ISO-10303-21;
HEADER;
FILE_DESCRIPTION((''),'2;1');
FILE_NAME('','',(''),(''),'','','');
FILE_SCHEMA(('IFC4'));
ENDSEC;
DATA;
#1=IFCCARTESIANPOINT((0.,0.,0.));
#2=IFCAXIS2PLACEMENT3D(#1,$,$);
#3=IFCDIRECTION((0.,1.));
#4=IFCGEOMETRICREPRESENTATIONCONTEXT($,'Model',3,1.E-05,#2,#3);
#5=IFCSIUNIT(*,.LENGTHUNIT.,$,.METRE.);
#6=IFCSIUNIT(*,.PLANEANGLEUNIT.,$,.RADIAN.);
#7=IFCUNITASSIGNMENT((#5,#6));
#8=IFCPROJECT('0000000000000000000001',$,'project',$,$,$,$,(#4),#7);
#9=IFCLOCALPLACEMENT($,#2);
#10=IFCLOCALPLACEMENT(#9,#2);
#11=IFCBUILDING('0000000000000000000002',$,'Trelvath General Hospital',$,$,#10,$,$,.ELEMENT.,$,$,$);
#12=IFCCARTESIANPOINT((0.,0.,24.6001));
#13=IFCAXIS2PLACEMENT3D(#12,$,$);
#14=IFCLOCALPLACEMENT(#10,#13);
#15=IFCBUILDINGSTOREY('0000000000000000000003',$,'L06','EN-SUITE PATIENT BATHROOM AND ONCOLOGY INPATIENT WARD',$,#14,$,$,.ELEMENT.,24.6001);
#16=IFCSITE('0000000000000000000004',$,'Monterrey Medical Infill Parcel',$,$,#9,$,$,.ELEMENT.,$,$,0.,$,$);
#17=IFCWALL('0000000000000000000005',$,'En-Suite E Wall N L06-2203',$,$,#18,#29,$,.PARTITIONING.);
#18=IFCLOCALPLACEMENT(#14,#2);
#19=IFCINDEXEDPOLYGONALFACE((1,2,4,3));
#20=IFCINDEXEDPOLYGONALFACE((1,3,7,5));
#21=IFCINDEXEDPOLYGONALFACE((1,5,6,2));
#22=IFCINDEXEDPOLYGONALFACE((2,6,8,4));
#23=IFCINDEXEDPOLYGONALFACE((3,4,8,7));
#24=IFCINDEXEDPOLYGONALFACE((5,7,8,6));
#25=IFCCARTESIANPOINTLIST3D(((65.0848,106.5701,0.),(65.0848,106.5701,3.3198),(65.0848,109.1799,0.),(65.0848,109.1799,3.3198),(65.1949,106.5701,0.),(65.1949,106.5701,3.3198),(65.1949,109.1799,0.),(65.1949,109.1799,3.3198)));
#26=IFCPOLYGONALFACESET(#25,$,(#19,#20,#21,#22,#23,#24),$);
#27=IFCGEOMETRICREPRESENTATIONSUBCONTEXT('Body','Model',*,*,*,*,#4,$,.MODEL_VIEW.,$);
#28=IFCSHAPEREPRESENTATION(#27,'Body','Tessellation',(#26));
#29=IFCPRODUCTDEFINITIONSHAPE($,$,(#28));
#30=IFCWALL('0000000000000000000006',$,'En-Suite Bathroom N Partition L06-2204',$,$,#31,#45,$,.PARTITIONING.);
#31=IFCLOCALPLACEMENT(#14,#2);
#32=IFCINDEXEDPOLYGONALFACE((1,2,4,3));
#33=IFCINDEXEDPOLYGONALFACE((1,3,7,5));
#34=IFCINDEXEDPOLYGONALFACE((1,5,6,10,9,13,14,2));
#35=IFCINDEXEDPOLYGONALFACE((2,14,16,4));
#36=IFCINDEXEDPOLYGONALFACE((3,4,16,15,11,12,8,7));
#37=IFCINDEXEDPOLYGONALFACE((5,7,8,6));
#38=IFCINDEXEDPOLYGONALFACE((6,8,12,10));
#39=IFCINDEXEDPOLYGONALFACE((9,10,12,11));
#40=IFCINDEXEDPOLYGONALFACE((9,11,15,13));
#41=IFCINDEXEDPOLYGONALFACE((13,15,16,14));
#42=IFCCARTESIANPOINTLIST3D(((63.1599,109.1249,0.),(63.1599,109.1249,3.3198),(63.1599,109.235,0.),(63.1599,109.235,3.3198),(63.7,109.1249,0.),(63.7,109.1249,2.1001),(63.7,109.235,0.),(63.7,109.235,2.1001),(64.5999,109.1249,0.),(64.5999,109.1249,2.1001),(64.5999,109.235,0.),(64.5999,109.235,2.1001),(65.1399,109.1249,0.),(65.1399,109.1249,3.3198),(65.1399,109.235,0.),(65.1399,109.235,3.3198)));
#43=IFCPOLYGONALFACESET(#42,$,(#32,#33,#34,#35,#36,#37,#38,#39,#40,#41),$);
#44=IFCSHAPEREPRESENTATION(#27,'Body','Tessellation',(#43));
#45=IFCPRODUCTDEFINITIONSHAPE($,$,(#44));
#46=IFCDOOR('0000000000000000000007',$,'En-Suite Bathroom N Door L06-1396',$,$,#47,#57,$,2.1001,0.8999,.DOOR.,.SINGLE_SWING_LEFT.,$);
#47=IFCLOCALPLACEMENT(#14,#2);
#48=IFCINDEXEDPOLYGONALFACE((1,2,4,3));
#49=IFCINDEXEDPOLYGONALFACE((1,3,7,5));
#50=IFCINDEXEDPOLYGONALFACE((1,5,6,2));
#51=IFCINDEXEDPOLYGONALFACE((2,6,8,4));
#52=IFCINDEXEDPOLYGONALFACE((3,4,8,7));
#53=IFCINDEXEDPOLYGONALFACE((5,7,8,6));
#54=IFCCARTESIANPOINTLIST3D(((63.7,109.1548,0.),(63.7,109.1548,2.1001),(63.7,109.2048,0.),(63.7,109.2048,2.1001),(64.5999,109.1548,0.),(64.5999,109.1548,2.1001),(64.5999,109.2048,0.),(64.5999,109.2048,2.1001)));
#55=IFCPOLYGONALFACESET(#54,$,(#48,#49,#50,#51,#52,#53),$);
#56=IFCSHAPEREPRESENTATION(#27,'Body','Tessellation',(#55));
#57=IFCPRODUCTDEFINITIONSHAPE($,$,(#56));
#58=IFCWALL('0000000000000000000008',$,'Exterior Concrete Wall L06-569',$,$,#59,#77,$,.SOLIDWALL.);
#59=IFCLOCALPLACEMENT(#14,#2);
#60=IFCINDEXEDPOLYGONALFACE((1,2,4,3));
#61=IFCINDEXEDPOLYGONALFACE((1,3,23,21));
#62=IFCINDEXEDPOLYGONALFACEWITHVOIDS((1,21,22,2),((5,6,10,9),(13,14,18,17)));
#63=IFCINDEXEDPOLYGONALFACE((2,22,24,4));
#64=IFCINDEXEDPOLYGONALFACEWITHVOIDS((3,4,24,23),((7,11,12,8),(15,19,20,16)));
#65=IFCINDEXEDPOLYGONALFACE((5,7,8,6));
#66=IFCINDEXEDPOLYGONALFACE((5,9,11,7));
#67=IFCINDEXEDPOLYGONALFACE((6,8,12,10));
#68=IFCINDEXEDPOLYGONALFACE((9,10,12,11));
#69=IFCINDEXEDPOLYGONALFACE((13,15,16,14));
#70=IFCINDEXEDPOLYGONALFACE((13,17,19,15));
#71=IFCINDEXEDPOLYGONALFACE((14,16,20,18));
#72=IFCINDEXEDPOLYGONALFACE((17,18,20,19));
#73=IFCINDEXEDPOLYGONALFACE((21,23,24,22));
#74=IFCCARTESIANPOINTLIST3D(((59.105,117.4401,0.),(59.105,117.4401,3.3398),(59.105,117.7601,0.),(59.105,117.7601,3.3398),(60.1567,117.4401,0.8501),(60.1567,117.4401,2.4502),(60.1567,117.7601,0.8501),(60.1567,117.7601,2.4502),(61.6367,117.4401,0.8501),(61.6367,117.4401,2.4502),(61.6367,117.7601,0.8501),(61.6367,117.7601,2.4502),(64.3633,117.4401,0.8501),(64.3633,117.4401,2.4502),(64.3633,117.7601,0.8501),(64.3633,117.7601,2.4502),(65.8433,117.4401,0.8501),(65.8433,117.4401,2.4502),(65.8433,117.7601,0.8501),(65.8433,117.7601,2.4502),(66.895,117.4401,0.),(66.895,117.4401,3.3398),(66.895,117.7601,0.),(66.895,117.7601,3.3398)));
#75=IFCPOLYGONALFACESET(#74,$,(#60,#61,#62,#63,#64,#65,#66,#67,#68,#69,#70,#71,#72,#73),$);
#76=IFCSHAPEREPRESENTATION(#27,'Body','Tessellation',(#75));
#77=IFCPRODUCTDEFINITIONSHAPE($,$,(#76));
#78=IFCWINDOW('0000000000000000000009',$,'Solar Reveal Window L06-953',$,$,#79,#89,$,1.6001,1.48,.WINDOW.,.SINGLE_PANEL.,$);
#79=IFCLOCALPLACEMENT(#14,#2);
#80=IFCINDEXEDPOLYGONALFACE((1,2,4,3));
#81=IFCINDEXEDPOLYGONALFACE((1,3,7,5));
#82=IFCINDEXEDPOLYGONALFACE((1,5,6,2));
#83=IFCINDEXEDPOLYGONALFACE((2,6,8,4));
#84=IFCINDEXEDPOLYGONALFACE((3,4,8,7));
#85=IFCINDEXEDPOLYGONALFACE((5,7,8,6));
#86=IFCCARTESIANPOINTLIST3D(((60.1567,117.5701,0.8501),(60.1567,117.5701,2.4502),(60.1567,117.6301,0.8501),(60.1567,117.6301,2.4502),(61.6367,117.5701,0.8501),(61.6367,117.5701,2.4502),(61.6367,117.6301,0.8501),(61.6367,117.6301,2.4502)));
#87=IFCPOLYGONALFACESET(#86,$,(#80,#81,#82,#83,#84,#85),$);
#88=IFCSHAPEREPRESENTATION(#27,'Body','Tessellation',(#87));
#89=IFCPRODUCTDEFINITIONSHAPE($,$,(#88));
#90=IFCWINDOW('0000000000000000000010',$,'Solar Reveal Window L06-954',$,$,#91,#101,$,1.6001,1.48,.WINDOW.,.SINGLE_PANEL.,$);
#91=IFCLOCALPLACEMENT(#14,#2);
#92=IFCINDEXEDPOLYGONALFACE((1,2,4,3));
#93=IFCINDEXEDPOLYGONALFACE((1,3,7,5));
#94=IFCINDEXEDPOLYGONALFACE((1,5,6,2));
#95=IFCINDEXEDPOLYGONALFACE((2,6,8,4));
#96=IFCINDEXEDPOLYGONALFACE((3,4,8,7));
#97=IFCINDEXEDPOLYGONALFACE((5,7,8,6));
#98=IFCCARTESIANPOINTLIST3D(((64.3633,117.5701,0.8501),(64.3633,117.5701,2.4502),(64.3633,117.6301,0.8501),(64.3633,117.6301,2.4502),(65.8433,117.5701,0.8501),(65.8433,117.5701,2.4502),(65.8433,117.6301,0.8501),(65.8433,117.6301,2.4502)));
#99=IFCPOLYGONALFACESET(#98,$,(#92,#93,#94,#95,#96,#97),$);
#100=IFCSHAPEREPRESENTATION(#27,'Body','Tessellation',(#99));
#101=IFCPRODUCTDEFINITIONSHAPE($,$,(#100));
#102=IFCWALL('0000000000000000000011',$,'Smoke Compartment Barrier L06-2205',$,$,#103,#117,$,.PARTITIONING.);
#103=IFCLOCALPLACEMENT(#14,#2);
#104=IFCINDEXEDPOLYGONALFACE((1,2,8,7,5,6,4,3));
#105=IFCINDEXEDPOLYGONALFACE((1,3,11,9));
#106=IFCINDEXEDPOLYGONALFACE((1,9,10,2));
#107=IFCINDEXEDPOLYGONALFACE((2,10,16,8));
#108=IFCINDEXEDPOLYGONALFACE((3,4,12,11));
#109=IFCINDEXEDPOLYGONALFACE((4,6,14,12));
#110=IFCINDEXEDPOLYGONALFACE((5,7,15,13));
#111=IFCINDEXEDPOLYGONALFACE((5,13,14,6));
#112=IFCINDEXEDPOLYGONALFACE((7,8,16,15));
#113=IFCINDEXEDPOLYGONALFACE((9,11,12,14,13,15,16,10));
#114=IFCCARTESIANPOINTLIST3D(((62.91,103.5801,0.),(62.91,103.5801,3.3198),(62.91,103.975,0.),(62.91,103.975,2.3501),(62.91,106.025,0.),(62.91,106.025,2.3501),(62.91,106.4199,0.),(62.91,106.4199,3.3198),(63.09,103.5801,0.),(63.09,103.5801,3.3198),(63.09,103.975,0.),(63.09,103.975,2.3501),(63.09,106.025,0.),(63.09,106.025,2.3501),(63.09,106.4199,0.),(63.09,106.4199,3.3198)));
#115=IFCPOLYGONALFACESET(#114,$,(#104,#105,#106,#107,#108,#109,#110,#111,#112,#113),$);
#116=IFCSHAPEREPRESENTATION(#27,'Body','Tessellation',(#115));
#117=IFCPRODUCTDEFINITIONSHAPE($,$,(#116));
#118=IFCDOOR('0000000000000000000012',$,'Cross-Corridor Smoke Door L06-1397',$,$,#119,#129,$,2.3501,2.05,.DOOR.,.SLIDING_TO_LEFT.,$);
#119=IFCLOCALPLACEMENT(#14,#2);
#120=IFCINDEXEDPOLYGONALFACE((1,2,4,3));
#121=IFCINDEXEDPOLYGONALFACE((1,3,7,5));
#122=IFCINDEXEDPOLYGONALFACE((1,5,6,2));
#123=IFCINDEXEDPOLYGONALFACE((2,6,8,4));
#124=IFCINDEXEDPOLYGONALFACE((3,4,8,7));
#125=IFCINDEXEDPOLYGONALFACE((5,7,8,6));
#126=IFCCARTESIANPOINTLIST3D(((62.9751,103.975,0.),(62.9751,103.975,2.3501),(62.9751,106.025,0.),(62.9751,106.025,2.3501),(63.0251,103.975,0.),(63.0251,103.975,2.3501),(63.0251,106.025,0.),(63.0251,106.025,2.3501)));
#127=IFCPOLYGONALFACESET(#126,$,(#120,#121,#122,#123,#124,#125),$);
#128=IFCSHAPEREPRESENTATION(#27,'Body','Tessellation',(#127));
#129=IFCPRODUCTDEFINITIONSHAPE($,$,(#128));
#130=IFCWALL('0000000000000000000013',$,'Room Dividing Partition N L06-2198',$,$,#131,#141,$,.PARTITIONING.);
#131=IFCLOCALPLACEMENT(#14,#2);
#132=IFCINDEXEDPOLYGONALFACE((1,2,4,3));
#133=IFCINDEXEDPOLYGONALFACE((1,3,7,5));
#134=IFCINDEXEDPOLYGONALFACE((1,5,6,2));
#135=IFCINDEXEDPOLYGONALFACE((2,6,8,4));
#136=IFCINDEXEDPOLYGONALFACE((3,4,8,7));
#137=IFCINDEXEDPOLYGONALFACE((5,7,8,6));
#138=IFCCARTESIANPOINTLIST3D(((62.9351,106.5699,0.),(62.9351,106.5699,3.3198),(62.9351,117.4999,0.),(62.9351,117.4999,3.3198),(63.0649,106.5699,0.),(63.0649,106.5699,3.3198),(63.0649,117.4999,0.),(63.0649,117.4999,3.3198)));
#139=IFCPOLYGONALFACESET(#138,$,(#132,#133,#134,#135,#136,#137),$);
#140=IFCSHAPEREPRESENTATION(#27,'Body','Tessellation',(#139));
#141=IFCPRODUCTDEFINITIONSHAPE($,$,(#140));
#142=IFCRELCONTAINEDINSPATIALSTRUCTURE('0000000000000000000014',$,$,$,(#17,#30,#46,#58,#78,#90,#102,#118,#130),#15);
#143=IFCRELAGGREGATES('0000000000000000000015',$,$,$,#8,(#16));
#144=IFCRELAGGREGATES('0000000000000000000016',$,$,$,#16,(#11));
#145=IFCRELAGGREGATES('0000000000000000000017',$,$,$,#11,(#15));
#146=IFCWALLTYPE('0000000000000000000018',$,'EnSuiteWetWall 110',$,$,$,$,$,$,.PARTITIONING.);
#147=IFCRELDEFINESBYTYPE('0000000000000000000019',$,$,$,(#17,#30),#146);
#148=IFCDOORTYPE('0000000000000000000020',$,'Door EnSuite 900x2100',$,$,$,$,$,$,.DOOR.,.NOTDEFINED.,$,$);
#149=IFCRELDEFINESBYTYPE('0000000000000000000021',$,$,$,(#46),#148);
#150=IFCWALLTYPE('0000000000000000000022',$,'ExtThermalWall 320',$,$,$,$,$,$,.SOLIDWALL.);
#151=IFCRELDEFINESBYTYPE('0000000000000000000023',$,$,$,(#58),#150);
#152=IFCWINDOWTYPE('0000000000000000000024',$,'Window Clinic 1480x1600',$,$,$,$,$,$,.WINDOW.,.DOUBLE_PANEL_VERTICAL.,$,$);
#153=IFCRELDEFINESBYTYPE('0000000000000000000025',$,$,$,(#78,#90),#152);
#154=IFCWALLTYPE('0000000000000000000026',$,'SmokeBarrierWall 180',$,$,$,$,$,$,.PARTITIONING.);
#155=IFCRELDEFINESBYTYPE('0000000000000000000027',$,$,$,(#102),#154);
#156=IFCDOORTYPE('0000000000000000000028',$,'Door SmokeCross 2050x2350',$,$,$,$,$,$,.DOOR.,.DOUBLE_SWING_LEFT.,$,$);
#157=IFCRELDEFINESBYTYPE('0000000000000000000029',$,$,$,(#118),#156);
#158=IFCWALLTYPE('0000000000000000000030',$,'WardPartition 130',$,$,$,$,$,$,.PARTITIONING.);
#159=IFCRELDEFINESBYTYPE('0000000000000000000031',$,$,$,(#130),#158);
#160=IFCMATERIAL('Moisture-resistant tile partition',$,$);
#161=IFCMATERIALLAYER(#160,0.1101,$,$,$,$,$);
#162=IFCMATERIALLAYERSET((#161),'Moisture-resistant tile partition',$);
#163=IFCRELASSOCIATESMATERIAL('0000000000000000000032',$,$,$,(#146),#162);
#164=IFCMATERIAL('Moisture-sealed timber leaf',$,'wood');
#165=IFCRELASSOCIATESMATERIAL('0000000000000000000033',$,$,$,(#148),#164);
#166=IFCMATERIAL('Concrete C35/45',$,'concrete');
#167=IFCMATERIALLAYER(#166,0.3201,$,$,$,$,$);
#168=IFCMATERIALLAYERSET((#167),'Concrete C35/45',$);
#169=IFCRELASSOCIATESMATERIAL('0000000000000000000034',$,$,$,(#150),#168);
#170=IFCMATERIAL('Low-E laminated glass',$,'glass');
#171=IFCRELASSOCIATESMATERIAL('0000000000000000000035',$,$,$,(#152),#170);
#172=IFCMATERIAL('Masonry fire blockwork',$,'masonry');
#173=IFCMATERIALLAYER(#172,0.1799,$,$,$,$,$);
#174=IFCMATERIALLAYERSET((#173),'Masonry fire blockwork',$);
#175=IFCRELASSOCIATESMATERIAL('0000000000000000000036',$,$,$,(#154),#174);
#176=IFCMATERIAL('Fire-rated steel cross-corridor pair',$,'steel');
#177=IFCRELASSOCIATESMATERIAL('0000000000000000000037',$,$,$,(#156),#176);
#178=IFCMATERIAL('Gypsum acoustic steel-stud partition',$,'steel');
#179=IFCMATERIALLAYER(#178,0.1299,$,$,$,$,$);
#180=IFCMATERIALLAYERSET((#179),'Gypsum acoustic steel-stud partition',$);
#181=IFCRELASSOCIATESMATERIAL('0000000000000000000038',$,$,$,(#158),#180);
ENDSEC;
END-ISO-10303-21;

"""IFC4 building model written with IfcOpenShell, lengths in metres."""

from ifc_helpers import new_model, si_unit, direction, frame, frame_2d, origin, place, context, subcontext, project, spatial, rectangle, extrude, material, layer, layer_set, type_object, element, fill, save


model = new_model("IFC4")

# Units and contexts
model_context = context("Model", 3, precision=1e-05, world=origin(), true_north=direction((0.0, 1.0)))
body_context = subcontext(model_context, "Body", "Model", "MODEL_VIEW")
ifc_project = project(units=[si_unit("LENGTHUNIT", "METRE"), si_unit("PLANEANGLEUNIT", "RADIAN")], contexts=[model_context])

# Site, building, storey
site_placement = place(None, origin())
site = spatial("IfcSite", under=ifc_project, at=site_placement, Name="Monterrey Medical Infill Parcel", CompositionType="ELEMENT", RefElevation=0.0)
building_placement = place(site_placement, origin())
building = spatial("IfcBuilding", under=site, at=building_placement, Name="Trelvath General Hospital", CompositionType="ELEMENT")
storey_placement = place(building_placement, frame((0.0, 0.0, 24.6001)))
storey = spatial("IfcBuildingStorey", under=building, at=storey_placement, Name="L06", Description="EN-SUITE PATIENT BATHROOM AND ONCOLOGY INPATIENT WARD", CompositionType="ELEMENT", Elevation=24.6001)

# Shared definitions
ifc_material_1 = material(Name="Moisture-resistant tile partition")
ifc_layer_1 = layer(ifc_material_1, 0.1101)
ifc_layer_set_1 = layer_set([ifc_layer_1], Name="Moisture-resistant tile partition")
wall_type_1 = type_object("IfcWallType", Name="EnSuiteWetWall 110", PredefinedType="PARTITIONING", material=ifc_layer_set_1)

# Shared definitions
ifc_material_2 = material(Name="Moisture-sealed timber leaf", Category="wood")
door_type_1 = type_object("IfcDoorType", Name="Door EnSuite 900x2100", OperationType="NOTDEFINED", PredefinedType="DOOR", material=ifc_material_2)

# Wall
for number, where, z_axis, x_axis, name in (
    (1, (65.1399, 106.5701, 0.0), (0.0, 0.0, 1.0), (0.0, 1.0, 0.0), "En-Suite E Wall N L06-2203"),
):
    element("IfcWall", number, at=place(storey_placement, frame(where, z_axis=z_axis, x_axis=x_axis)), inside=storey, type_object=wall_type_1, Name=name, PredefinedType="PARTITIONING", context=body_context, shape_type="SweptSolid", body=[
        extrude(rectangle(XDim=2.6099, YDim=0.1101, at=frame_2d((1.3049, 0.0))), origin(), (0.0, 0.0, 1.0), 3.3198),
    ])

# Wall, opening, door
wall_1_placement = place(storey_placement, frame((63.1599, 109.1799, 0.0), z_axis=(0.0, 0.0, 1.0), x_axis=(1.0, 0.0, 0.0)))
wall_1 = element("IfcWall", 2, at=wall_1_placement, inside=storey, type_object=wall_type_1, Name="En-Suite Bathroom N Partition L06-2204", PredefinedType="PARTITIONING", context=body_context, shape_type="SweptSolid", body=[
    extrude(rectangle(XDim=1.98, YDim=0.1101, at=frame_2d((0.99, 0.0))), origin(), (0.0, 0.0, 1.0), 3.3198),
])
opening_1_placement = place(wall_1_placement, frame((0.54, 0.0, 0.0)))
opening_1 = element("IfcOpeningElement", 3, at=opening_1_placement, cuts=wall_1, PredefinedType="OPENING", context=body_context, shape_type="SweptSolid", body=[
    extrude(rectangle(XDim=0.8999, YDim=2.1001, at=frame_2d((0.45, 1.05))), frame((0.0, 0.0649, 0.0), z_axis=(0.0, -1.0, 0.0), x_axis=(1.0, 0.0, 0.0)), (0.0, 0.0, 1.0), 0.1301),
])
door_1_placement = place(opening_1_placement, origin())
door_1 = element("IfcDoor", 4, at=door_1_placement, inside=storey, type_object=door_type_1, Name="En-Suite Bathroom N Door L06-1396", OperationType="SINGLE_SWING_LEFT", OverallHeight=2.1001, OverallWidth=0.8999, PredefinedType="DOOR", context=body_context, shape_type="SweptSolid", body=[
    extrude(rectangle(XDim=0.8999, YDim=2.1001, at=frame_2d((0.45, 1.05))), frame((0.0, 0.0249, 0.0), z_axis=(0.0, -1.0, 0.0), x_axis=(1.0, 0.0, 0.0)), (0.0, 0.0, 1.0), 0.05),
])
fill(opening_1, door_1)

# Wall, openings, windows
ifc_material_3 = material(Name="Concrete C35/45", Category="concrete")
ifc_layer_2 = layer(ifc_material_3, 0.3201)
ifc_layer_set_2 = layer_set([ifc_layer_2], Name="Concrete C35/45")
wall_type_2 = type_object("IfcWallType", Name="ExtThermalWall 320", PredefinedType="SOLIDWALL", material=ifc_layer_set_2)
wall_2_placement = place(storey_placement, frame((59.105, 117.6001, 0.0), z_axis=(0.0, 0.0, 1.0), x_axis=(1.0, 0.0, 0.0)))
wall_2 = element("IfcWall", 5, at=wall_2_placement, inside=storey, type_object=wall_type_2, Name="Exterior Concrete Wall L06-569", PredefinedType="SOLIDWALL", context=body_context, shape_type="SweptSolid", body=[
    extrude(rectangle(XDim=7.79, YDim=0.3201, at=frame_2d((3.895, 0.0))), origin(), (0.0, 0.0, 1.0), 3.3398),
])
opening_2_placement = place(wall_2_placement, frame((1.0518, 0.0, 0.8501)))
opening_2 = element("IfcOpeningElement", 6, at=opening_2_placement, cuts=wall_2, PredefinedType="OPENING", context=body_context, shape_type="SweptSolid", body=[
    extrude(rectangle(XDim=1.48, YDim=1.6001, at=frame_2d((0.74, 0.8))), frame((0.0, 0.1699, 0.0), z_axis=(0.0, -1.0, 0.0), x_axis=(1.0, 0.0, 0.0)), (0.0, 0.0, 1.0), 0.3401),
])
opening_3_placement = place(wall_2_placement, frame((5.2583, 0.0, 0.8501)))
opening_3 = element("IfcOpeningElement", 7, at=opening_3_placement, cuts=wall_2, PredefinedType="OPENING", context=body_context, shape_type="SweptSolid", body=[
    extrude(rectangle(XDim=1.48, YDim=1.6001, at=frame_2d((0.74, 0.8))), frame((0.0, 0.1699, 0.0), z_axis=(0.0, -1.0, 0.0), x_axis=(1.0, 0.0, 0.0)), (0.0, 0.0, 1.0), 0.3401),
])
ifc_material_4 = material(Name="Low-E laminated glass", Category="glass")
window_type = type_object("IfcWindowType", Name="Window Clinic 1480x1600", PartitioningType="DOUBLE_PANEL_VERTICAL", PredefinedType="WINDOW", material=ifc_material_4)
window_1_placement = place(opening_2_placement, origin())
window_1 = element("IfcWindow", 8, at=window_1_placement, inside=storey, type_object=window_type, Name="Solar Reveal Window L06-953", OverallHeight=1.6001, OverallWidth=1.48, PartitioningType="SINGLE_PANEL", PredefinedType="WINDOW", context=body_context, shape_type="SweptSolid", body=[
    extrude(rectangle(XDim=1.48, YDim=1.6001, at=frame_2d((0.74, 0.8))), frame((0.0, 0.03, 0.0), z_axis=(0.0, -1.0, 0.0), x_axis=(1.0, 0.0, 0.0)), (0.0, 0.0, 1.0), 0.0601),
])
fill(opening_2, window_1)
window_2_placement = place(opening_3_placement, origin())
window_2 = element("IfcWindow", 9, at=window_2_placement, inside=storey, type_object=window_type, Name="Solar Reveal Window L06-954", OverallHeight=1.6001, OverallWidth=1.48, PartitioningType="SINGLE_PANEL", PredefinedType="WINDOW", context=body_context, shape_type="SweptSolid", body=[
    extrude(rectangle(XDim=1.48, YDim=1.6001, at=frame_2d((0.74, 0.8))), frame((0.0, 0.03, 0.0), z_axis=(0.0, -1.0, 0.0), x_axis=(1.0, 0.0, 0.0)), (0.0, 0.0, 1.0), 0.0601),
])
fill(opening_3, window_2)

# Wall, opening, door
ifc_material_5 = material(Name="Masonry fire blockwork", Category="masonry")
ifc_layer_3 = layer(ifc_material_5, 0.1799)
ifc_layer_set_3 = layer_set([ifc_layer_3], Name="Masonry fire blockwork")
wall_type_3 = type_object("IfcWallType", Name="SmokeBarrierWall 180", PredefinedType="PARTITIONING", material=ifc_layer_set_3)
wall_3_placement = place(storey_placement, frame((63.0, 103.5801, 0.0), z_axis=(0.0, 0.0, 1.0), x_axis=(0.0, 1.0, 0.0)))
wall_3 = element("IfcWall", 10, at=wall_3_placement, inside=storey, type_object=wall_type_3, Name="Smoke Compartment Barrier L06-2205", PredefinedType="PARTITIONING", context=body_context, shape_type="SweptSolid", body=[
    extrude(rectangle(XDim=2.8398, YDim=0.1799, at=frame_2d((1.4199, 0.0))), origin(), (0.0, 0.0, 1.0), 3.3198),
])
opening_4_placement = place(wall_3_placement, frame((0.395, 0.0, 0.0)))
opening_4 = element("IfcOpeningElement", 11, at=opening_4_placement, cuts=wall_3, PredefinedType="OPENING", context=body_context, shape_type="SweptSolid", body=[
    extrude(rectangle(XDim=2.05, YDim=2.3501, at=frame_2d((1.0249, 1.175))), frame((0.0, 0.0999, 0.0), z_axis=(0.0, -1.0, 0.0), x_axis=(1.0, 0.0, 0.0)), (0.0, 0.0, 1.0), 0.2),
])
ifc_material_6 = material(Name="Fire-rated steel cross-corridor pair", Category="steel")
door_type_2 = type_object("IfcDoorType", Name="Door SmokeCross 2050x2350", OperationType="DOUBLE_SWING_LEFT", PredefinedType="DOOR", material=ifc_material_6)
door_2_placement = place(opening_4_placement, origin())
door_2 = element("IfcDoor", 12, at=door_2_placement, inside=storey, type_object=door_type_2, Name="Cross-Corridor Smoke Door L06-1397", OperationType="SLIDING_TO_LEFT", OverallHeight=2.3501, OverallWidth=2.05, PredefinedType="DOOR", context=body_context, shape_type="SweptSolid", body=[
    extrude(rectangle(XDim=2.05, YDim=2.3501, at=frame_2d((1.0249, 1.175))), frame((0.0, 0.0249, 0.0), z_axis=(0.0, -1.0, 0.0), x_axis=(1.0, 0.0, 0.0)), (0.0, 0.0, 1.0), 0.05),
])
fill(opening_4, door_2)

# Wall
ifc_material_7 = material(Name="Gypsum acoustic steel-stud partition", Category="steel")
ifc_layer_4 = layer(ifc_material_7, 0.1299)
ifc_layer_set_4 = layer_set([ifc_layer_4], Name="Gypsum acoustic steel-stud partition")
wall_type_4 = type_object("IfcWallType", Name="WardPartition 130", PredefinedType="PARTITIONING", material=ifc_layer_set_4)
wall_4_placement = place(storey_placement, frame((63.0, 106.5701, 0.0), z_axis=(0.0, 0.0, 1.0), x_axis=(0.0, 1.0, 0.0)))
element("IfcWall", 13, at=wall_4_placement, inside=storey, type_object=wall_type_4, Name="Room Dividing Partition N L06-2198", PredefinedType="PARTITIONING", context=body_context, shape_type="SweptSolid", body=[
    extrude(rectangle(XDim=10.9299, YDim=0.1299, at=frame_2d((5.4648, 0.0))), origin(), (0.0, 0.0, 1.0), 3.3198),
])

save(model, "model.ifc")
